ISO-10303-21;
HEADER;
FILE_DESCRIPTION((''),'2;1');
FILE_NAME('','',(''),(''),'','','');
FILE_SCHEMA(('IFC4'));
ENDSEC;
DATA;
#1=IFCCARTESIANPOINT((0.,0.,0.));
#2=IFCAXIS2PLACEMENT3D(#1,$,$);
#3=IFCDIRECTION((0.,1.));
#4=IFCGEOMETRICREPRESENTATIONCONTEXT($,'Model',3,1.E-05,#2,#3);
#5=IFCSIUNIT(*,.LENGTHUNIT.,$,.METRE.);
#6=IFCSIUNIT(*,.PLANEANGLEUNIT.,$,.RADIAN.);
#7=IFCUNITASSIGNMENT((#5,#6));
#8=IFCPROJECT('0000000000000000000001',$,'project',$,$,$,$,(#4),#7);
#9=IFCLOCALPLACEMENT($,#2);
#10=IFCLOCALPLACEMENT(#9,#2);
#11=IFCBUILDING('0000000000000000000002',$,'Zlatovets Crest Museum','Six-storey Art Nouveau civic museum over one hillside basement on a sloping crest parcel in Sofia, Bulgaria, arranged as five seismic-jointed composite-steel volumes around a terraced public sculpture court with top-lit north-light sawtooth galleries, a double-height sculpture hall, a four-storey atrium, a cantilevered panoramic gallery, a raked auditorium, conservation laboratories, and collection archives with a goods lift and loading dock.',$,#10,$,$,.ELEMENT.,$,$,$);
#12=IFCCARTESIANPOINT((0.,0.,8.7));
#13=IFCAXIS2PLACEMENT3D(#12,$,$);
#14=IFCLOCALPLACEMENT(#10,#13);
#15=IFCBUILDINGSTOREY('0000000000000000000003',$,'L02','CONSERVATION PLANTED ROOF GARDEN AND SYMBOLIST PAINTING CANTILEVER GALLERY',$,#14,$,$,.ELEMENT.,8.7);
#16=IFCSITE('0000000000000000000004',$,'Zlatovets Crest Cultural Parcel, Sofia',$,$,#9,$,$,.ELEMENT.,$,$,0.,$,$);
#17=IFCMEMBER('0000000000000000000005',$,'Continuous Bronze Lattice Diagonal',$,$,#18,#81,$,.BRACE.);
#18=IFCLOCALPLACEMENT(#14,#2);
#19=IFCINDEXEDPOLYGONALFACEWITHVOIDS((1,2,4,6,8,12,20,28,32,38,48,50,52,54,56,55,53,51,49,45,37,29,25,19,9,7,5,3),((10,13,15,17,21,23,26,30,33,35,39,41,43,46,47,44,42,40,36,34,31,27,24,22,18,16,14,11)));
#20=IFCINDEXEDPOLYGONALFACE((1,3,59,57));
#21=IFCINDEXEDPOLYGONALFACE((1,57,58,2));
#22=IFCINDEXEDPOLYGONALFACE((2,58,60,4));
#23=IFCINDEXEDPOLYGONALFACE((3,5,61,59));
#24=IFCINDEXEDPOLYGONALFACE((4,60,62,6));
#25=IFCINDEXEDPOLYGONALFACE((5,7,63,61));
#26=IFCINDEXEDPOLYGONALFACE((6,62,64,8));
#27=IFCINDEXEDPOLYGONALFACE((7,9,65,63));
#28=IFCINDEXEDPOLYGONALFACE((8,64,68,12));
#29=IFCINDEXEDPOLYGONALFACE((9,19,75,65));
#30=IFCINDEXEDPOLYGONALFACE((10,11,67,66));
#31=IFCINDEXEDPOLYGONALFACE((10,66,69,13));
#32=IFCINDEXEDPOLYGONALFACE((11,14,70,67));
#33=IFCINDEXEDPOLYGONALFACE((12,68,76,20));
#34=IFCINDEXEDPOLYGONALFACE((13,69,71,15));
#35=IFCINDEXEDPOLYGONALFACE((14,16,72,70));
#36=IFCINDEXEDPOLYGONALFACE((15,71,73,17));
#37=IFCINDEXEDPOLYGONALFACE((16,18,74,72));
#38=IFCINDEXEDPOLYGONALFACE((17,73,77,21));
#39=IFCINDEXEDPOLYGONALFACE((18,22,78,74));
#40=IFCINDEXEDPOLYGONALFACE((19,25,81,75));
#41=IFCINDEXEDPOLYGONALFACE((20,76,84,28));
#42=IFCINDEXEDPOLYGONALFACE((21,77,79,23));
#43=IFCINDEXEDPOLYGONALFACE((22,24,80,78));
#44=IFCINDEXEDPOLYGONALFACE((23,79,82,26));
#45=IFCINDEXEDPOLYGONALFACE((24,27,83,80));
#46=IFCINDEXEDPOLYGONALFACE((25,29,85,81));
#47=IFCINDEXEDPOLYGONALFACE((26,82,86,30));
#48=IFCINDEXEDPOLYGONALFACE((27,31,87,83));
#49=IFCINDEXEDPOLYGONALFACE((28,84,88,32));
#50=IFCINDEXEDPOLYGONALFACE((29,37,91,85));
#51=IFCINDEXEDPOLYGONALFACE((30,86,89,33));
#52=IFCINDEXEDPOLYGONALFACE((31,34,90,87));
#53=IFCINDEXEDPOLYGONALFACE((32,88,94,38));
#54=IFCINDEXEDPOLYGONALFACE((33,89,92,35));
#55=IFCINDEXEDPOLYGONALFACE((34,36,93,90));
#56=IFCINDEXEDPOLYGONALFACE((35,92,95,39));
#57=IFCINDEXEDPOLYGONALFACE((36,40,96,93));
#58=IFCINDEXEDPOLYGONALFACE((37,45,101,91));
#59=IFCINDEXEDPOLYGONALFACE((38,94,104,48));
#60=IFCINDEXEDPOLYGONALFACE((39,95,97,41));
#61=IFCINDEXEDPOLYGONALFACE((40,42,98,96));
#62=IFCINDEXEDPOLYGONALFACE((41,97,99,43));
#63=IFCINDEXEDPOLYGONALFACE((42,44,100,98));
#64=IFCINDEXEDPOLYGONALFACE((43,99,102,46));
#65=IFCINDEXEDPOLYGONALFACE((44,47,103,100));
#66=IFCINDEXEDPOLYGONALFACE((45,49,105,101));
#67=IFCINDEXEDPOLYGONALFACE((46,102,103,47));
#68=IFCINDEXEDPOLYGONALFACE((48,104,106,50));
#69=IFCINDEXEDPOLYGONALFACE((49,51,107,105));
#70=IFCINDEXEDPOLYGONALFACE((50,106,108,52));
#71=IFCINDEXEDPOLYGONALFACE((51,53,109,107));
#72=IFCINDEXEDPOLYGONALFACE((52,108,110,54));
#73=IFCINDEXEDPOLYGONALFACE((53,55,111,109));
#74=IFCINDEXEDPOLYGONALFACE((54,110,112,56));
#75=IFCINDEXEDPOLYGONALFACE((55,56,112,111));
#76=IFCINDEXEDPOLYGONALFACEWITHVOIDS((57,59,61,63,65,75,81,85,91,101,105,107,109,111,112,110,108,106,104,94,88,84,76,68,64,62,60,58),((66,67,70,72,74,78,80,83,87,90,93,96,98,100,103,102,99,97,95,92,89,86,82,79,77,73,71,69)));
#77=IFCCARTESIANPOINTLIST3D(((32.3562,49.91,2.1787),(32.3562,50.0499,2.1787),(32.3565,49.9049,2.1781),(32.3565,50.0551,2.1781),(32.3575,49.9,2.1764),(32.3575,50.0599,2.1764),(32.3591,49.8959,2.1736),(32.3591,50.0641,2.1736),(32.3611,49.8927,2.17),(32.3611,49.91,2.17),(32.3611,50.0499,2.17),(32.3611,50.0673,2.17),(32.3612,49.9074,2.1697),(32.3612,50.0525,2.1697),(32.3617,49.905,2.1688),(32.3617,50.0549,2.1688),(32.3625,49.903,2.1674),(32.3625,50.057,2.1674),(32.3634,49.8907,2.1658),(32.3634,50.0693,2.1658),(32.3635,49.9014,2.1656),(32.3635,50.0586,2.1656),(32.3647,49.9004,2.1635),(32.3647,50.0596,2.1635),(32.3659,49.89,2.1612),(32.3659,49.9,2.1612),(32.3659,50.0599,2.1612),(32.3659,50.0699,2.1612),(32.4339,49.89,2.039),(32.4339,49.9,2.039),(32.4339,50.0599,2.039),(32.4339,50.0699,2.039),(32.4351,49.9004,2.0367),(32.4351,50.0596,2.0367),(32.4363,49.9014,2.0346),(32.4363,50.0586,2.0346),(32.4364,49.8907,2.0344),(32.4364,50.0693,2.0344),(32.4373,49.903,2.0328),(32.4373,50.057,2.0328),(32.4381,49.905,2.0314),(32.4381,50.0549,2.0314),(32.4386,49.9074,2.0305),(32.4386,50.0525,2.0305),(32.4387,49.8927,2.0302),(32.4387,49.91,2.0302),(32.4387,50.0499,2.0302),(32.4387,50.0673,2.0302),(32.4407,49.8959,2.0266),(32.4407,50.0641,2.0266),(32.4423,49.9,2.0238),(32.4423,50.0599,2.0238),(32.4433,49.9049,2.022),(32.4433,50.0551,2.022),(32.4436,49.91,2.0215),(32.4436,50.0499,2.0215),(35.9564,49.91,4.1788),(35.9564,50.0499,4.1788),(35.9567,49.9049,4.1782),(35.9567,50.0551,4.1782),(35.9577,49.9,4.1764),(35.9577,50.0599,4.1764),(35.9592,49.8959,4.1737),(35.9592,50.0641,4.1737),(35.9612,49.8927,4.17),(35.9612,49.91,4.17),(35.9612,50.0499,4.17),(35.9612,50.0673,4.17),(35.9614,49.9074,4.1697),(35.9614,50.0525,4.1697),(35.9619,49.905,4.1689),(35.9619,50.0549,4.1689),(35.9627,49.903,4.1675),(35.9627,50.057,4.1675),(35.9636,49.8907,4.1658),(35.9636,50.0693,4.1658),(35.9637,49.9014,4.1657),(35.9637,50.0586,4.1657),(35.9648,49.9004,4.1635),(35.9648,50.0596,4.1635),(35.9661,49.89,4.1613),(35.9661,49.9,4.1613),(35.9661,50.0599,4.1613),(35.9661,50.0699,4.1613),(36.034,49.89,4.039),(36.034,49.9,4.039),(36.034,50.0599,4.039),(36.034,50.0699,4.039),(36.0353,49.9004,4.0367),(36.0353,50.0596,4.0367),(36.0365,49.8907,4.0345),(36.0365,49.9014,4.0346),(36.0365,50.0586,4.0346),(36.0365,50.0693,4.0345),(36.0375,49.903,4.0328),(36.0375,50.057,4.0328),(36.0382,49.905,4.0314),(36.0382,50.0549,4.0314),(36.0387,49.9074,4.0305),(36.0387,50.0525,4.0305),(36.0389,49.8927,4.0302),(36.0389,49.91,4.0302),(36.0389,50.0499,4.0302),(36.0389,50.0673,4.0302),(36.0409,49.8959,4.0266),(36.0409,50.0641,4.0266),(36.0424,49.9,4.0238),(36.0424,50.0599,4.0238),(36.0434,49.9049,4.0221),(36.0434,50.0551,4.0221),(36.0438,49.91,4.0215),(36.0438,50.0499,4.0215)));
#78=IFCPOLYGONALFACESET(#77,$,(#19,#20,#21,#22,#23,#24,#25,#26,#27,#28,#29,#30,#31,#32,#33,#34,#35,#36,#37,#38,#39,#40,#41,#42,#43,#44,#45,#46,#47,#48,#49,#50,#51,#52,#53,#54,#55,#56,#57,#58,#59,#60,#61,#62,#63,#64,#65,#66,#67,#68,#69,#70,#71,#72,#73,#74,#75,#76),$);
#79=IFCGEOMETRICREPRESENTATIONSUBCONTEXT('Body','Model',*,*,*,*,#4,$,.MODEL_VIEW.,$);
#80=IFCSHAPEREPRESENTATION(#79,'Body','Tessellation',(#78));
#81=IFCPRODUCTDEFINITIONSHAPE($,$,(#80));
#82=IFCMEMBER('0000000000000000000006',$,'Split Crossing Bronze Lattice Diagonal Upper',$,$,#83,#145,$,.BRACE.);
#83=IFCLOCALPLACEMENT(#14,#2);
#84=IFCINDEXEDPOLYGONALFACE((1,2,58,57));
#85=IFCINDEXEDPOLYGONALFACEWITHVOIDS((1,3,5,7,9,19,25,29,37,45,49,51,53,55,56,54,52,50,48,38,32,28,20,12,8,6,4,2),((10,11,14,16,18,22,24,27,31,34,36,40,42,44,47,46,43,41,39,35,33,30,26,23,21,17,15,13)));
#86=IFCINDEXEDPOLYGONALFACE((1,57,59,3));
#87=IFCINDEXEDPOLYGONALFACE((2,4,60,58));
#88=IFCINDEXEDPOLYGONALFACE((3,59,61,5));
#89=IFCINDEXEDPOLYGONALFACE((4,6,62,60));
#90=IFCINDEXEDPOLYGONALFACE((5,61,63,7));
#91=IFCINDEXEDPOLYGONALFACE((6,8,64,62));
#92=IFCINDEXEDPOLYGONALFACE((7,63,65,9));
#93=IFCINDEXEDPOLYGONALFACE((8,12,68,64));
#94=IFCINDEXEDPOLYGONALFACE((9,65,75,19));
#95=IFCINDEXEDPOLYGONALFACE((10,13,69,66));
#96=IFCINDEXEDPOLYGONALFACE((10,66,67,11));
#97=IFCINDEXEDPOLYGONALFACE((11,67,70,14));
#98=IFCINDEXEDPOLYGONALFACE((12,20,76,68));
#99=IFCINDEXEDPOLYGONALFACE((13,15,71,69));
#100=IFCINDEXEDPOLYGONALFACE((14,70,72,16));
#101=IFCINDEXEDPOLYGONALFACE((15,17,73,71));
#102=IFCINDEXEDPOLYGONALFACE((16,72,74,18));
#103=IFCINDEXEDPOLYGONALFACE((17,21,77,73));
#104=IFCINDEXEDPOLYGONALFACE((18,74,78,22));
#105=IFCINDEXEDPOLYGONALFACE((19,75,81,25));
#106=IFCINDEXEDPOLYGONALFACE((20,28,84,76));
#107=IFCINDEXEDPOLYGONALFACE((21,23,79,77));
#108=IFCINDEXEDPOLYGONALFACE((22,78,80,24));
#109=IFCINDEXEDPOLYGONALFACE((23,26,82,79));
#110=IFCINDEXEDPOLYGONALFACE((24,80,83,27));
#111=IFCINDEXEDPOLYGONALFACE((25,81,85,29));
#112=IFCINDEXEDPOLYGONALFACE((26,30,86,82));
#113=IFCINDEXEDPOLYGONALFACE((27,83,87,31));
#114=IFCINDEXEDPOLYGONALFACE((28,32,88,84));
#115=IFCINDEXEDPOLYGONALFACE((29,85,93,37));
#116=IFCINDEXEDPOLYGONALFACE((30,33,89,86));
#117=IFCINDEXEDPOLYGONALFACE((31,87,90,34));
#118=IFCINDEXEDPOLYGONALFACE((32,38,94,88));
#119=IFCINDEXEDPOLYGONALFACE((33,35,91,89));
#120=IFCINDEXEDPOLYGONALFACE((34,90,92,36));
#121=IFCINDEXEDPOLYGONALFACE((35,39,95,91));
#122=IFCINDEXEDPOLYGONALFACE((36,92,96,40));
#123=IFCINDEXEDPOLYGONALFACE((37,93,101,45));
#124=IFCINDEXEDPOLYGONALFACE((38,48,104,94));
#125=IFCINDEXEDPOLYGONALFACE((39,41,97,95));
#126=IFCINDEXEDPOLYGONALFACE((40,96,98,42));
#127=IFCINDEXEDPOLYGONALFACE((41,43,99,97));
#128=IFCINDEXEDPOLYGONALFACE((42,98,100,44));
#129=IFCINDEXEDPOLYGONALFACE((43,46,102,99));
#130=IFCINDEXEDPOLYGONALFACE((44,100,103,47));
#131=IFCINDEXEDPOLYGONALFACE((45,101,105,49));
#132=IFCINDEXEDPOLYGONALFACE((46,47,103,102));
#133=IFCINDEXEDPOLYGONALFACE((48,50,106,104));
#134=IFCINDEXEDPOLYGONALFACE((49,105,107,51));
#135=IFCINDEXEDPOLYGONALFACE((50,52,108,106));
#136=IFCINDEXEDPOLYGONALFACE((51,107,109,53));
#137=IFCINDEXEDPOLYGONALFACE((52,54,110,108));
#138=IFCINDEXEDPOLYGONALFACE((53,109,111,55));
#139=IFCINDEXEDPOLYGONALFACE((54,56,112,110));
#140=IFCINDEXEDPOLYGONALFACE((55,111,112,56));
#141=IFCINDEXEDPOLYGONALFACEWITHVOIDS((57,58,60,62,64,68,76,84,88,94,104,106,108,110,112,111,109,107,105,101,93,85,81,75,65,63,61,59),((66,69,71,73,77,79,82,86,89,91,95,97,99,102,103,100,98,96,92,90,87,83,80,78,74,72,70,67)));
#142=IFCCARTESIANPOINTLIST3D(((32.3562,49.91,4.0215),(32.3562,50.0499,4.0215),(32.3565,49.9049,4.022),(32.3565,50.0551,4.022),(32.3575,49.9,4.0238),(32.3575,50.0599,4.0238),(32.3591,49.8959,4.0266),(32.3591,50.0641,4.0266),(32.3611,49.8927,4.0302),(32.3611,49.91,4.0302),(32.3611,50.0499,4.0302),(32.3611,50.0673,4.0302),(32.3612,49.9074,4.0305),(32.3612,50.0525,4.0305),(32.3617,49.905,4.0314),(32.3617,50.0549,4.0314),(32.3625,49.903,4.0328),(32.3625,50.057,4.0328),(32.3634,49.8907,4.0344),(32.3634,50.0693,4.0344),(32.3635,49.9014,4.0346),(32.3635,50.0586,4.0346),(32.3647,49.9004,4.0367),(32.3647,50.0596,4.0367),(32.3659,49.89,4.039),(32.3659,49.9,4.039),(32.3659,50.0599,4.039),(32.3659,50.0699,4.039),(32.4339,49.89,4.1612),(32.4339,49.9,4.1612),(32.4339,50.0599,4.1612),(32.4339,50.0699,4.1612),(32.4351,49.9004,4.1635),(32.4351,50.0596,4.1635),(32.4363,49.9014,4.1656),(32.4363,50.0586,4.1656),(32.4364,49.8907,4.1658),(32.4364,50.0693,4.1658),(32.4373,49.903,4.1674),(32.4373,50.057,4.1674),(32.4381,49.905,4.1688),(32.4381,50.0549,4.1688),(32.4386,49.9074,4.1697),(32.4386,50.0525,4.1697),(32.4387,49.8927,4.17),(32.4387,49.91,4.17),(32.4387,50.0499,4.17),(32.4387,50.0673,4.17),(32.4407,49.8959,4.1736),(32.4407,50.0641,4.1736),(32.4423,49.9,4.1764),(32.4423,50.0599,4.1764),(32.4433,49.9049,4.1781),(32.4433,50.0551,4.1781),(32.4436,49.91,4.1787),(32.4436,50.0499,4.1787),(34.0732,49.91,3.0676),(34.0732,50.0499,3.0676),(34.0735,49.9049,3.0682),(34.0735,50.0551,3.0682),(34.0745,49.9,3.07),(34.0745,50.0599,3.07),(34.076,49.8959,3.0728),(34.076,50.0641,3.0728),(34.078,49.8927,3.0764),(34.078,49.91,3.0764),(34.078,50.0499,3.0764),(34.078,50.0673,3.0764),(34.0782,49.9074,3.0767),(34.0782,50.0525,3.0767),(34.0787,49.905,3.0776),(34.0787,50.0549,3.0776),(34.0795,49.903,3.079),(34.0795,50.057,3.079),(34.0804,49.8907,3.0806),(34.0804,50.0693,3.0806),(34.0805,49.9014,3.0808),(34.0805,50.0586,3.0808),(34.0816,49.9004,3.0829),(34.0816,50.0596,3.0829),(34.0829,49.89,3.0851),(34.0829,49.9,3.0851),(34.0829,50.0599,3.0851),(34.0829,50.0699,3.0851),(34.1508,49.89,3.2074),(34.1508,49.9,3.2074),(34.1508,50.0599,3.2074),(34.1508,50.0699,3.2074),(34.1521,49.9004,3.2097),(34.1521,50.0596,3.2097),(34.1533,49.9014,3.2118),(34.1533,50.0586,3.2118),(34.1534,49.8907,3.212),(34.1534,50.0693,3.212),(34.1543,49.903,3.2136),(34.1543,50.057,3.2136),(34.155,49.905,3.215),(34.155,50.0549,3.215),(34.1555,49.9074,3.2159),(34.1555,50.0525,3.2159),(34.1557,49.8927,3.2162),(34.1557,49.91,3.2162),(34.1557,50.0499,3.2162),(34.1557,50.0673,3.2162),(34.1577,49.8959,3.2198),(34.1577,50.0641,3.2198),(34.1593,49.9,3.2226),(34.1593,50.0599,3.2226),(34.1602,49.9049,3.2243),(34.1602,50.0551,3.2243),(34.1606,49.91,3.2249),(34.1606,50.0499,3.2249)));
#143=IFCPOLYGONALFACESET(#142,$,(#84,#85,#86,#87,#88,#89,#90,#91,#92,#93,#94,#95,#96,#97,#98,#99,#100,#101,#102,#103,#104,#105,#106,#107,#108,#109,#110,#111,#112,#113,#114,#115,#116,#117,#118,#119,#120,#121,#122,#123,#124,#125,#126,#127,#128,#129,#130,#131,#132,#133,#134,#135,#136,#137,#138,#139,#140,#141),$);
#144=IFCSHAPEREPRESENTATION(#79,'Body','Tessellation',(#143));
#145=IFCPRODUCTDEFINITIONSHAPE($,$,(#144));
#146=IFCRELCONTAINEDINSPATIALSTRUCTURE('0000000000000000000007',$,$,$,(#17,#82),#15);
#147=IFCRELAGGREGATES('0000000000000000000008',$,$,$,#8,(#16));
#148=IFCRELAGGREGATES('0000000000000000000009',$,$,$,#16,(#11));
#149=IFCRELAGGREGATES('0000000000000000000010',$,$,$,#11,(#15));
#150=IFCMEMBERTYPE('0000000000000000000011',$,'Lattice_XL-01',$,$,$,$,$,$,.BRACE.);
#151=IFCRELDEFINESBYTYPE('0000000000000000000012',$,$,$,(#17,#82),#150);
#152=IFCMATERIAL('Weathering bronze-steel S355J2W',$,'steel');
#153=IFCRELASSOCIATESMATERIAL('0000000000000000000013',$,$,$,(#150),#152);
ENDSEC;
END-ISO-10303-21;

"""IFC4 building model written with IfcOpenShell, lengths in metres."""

from ifc_helpers import new_model, si_unit, direction, frame, origin, origin_2d, place, context, subcontext, project, spatial, hollow_rectangle, extrude, material, material_profile, profile_set, type_object, element, save


model = new_model("IFC4")

# Units and contexts
model_context = context("Model", 3, precision=1e-05, world=origin(), true_north=direction((0.0, 1.0)))
body_context = subcontext(model_context, "Body", "Model", "MODEL_VIEW")
ifc_project = project(units=[si_unit("LENGTHUNIT", "METRE"), si_unit("PLANEANGLEUNIT", "RADIAN")], contexts=[model_context])

# Site, building, storey
site_placement = place(None, origin())
site = spatial("IfcSite", under=ifc_project, at=site_placement, Name="Zlatovets Crest Cultural Parcel, Sofia", CompositionType="ELEMENT", RefElevation=0.0)
building_placement = place(site_placement, origin())
building = spatial("IfcBuilding", under=site, at=building_placement, Name="Zlatovets Crest Museum", Description="Six-storey Art Nouveau civic museum over one hillside basement on a sloping crest parcel in Sofia, Bulgaria, arranged as five seismic-jointed composite-steel volumes around a terraced public sculpture court with top-lit north-light sawtooth galleries, a double-height sculpture hall, a four-storey atrium, a cantilevered panoramic gallery, a raked auditorium, conservation laboratories, and collection archives with a goods lift and loading dock.", CompositionType="ELEMENT")
storey_placement = place(building_placement, frame((0.0, 0.0, 8.7)))
storey = spatial("IfcBuildingStorey", under=building, at=storey_placement, Name="L02", Description="CONSERVATION PLANTED ROOF GARDEN AND SYMBOLIST PAINTING CANTILEVER GALLERY", CompositionType="ELEMENT", Elevation=8.7)

# Members
ifc_material_1 = material(Name="Weathering bronze-steel S355J2W", Category="steel")
ifc_material_profile_1 = material_profile(ifc_material_1, hollow_rectangle(XDim=0.1799, YDim=0.1799, WallThickness=0.01, InnerFilletRadius=0.01, OuterFilletRadius=0.02, at=origin_2d()), Name="SHS 180x180x10.0")
ifc_profile_set_1 = profile_set([ifc_material_profile_1], Name="Weathering bronze-steel S355J2W")
member_type_1 = type_object("IfcMemberType", Name="Lattice_XL-01", PredefinedType="BRACE", material=ifc_profile_set_1)
member_1_placement = place(storey_placement, frame((32.3999, 49.98, 2.1001), z_axis=(0.874163, 0.0, 0.485633), x_axis=(0.0, 1.0, 0.0)))
element("IfcMember", 1, at=member_1_placement, inside=storey, type_object=member_type_1, Name="Continuous Bronze Lattice Diagonal", PredefinedType="BRACE", context=body_context, shape_type="SweptSolid", body=[
    extrude(hollow_rectangle(XDim=0.1799, YDim=0.1799, WallThickness=0.01, InnerFilletRadius=0.01, OuterFilletRadius=0.02, at=origin_2d()), origin(), (0.0, 0.0, 1.0), 4.1184),
])
member_2_placement = place(storey_placement, frame((32.3999, 49.98, 4.1001), z_axis=(0.874169, 0.0, -0.485622), x_axis=(0.0, 1.0, 0.0)))
element("IfcMember", 2, at=member_2_placement, inside=storey, type_object=member_type_1, Name="Split Crossing Bronze Lattice Diagonal Upper", PredefinedType="BRACE", context=body_context, shape_type="SweptSolid", body=[
    extrude(hollow_rectangle(XDim=0.1799, YDim=0.1799, WallThickness=0.01, InnerFilletRadius=0.01, OuterFilletRadius=0.02, at=origin_2d()), origin(), (0.0, 0.0, 1.0), 1.9641),
])

save(model, "model.ifc")
